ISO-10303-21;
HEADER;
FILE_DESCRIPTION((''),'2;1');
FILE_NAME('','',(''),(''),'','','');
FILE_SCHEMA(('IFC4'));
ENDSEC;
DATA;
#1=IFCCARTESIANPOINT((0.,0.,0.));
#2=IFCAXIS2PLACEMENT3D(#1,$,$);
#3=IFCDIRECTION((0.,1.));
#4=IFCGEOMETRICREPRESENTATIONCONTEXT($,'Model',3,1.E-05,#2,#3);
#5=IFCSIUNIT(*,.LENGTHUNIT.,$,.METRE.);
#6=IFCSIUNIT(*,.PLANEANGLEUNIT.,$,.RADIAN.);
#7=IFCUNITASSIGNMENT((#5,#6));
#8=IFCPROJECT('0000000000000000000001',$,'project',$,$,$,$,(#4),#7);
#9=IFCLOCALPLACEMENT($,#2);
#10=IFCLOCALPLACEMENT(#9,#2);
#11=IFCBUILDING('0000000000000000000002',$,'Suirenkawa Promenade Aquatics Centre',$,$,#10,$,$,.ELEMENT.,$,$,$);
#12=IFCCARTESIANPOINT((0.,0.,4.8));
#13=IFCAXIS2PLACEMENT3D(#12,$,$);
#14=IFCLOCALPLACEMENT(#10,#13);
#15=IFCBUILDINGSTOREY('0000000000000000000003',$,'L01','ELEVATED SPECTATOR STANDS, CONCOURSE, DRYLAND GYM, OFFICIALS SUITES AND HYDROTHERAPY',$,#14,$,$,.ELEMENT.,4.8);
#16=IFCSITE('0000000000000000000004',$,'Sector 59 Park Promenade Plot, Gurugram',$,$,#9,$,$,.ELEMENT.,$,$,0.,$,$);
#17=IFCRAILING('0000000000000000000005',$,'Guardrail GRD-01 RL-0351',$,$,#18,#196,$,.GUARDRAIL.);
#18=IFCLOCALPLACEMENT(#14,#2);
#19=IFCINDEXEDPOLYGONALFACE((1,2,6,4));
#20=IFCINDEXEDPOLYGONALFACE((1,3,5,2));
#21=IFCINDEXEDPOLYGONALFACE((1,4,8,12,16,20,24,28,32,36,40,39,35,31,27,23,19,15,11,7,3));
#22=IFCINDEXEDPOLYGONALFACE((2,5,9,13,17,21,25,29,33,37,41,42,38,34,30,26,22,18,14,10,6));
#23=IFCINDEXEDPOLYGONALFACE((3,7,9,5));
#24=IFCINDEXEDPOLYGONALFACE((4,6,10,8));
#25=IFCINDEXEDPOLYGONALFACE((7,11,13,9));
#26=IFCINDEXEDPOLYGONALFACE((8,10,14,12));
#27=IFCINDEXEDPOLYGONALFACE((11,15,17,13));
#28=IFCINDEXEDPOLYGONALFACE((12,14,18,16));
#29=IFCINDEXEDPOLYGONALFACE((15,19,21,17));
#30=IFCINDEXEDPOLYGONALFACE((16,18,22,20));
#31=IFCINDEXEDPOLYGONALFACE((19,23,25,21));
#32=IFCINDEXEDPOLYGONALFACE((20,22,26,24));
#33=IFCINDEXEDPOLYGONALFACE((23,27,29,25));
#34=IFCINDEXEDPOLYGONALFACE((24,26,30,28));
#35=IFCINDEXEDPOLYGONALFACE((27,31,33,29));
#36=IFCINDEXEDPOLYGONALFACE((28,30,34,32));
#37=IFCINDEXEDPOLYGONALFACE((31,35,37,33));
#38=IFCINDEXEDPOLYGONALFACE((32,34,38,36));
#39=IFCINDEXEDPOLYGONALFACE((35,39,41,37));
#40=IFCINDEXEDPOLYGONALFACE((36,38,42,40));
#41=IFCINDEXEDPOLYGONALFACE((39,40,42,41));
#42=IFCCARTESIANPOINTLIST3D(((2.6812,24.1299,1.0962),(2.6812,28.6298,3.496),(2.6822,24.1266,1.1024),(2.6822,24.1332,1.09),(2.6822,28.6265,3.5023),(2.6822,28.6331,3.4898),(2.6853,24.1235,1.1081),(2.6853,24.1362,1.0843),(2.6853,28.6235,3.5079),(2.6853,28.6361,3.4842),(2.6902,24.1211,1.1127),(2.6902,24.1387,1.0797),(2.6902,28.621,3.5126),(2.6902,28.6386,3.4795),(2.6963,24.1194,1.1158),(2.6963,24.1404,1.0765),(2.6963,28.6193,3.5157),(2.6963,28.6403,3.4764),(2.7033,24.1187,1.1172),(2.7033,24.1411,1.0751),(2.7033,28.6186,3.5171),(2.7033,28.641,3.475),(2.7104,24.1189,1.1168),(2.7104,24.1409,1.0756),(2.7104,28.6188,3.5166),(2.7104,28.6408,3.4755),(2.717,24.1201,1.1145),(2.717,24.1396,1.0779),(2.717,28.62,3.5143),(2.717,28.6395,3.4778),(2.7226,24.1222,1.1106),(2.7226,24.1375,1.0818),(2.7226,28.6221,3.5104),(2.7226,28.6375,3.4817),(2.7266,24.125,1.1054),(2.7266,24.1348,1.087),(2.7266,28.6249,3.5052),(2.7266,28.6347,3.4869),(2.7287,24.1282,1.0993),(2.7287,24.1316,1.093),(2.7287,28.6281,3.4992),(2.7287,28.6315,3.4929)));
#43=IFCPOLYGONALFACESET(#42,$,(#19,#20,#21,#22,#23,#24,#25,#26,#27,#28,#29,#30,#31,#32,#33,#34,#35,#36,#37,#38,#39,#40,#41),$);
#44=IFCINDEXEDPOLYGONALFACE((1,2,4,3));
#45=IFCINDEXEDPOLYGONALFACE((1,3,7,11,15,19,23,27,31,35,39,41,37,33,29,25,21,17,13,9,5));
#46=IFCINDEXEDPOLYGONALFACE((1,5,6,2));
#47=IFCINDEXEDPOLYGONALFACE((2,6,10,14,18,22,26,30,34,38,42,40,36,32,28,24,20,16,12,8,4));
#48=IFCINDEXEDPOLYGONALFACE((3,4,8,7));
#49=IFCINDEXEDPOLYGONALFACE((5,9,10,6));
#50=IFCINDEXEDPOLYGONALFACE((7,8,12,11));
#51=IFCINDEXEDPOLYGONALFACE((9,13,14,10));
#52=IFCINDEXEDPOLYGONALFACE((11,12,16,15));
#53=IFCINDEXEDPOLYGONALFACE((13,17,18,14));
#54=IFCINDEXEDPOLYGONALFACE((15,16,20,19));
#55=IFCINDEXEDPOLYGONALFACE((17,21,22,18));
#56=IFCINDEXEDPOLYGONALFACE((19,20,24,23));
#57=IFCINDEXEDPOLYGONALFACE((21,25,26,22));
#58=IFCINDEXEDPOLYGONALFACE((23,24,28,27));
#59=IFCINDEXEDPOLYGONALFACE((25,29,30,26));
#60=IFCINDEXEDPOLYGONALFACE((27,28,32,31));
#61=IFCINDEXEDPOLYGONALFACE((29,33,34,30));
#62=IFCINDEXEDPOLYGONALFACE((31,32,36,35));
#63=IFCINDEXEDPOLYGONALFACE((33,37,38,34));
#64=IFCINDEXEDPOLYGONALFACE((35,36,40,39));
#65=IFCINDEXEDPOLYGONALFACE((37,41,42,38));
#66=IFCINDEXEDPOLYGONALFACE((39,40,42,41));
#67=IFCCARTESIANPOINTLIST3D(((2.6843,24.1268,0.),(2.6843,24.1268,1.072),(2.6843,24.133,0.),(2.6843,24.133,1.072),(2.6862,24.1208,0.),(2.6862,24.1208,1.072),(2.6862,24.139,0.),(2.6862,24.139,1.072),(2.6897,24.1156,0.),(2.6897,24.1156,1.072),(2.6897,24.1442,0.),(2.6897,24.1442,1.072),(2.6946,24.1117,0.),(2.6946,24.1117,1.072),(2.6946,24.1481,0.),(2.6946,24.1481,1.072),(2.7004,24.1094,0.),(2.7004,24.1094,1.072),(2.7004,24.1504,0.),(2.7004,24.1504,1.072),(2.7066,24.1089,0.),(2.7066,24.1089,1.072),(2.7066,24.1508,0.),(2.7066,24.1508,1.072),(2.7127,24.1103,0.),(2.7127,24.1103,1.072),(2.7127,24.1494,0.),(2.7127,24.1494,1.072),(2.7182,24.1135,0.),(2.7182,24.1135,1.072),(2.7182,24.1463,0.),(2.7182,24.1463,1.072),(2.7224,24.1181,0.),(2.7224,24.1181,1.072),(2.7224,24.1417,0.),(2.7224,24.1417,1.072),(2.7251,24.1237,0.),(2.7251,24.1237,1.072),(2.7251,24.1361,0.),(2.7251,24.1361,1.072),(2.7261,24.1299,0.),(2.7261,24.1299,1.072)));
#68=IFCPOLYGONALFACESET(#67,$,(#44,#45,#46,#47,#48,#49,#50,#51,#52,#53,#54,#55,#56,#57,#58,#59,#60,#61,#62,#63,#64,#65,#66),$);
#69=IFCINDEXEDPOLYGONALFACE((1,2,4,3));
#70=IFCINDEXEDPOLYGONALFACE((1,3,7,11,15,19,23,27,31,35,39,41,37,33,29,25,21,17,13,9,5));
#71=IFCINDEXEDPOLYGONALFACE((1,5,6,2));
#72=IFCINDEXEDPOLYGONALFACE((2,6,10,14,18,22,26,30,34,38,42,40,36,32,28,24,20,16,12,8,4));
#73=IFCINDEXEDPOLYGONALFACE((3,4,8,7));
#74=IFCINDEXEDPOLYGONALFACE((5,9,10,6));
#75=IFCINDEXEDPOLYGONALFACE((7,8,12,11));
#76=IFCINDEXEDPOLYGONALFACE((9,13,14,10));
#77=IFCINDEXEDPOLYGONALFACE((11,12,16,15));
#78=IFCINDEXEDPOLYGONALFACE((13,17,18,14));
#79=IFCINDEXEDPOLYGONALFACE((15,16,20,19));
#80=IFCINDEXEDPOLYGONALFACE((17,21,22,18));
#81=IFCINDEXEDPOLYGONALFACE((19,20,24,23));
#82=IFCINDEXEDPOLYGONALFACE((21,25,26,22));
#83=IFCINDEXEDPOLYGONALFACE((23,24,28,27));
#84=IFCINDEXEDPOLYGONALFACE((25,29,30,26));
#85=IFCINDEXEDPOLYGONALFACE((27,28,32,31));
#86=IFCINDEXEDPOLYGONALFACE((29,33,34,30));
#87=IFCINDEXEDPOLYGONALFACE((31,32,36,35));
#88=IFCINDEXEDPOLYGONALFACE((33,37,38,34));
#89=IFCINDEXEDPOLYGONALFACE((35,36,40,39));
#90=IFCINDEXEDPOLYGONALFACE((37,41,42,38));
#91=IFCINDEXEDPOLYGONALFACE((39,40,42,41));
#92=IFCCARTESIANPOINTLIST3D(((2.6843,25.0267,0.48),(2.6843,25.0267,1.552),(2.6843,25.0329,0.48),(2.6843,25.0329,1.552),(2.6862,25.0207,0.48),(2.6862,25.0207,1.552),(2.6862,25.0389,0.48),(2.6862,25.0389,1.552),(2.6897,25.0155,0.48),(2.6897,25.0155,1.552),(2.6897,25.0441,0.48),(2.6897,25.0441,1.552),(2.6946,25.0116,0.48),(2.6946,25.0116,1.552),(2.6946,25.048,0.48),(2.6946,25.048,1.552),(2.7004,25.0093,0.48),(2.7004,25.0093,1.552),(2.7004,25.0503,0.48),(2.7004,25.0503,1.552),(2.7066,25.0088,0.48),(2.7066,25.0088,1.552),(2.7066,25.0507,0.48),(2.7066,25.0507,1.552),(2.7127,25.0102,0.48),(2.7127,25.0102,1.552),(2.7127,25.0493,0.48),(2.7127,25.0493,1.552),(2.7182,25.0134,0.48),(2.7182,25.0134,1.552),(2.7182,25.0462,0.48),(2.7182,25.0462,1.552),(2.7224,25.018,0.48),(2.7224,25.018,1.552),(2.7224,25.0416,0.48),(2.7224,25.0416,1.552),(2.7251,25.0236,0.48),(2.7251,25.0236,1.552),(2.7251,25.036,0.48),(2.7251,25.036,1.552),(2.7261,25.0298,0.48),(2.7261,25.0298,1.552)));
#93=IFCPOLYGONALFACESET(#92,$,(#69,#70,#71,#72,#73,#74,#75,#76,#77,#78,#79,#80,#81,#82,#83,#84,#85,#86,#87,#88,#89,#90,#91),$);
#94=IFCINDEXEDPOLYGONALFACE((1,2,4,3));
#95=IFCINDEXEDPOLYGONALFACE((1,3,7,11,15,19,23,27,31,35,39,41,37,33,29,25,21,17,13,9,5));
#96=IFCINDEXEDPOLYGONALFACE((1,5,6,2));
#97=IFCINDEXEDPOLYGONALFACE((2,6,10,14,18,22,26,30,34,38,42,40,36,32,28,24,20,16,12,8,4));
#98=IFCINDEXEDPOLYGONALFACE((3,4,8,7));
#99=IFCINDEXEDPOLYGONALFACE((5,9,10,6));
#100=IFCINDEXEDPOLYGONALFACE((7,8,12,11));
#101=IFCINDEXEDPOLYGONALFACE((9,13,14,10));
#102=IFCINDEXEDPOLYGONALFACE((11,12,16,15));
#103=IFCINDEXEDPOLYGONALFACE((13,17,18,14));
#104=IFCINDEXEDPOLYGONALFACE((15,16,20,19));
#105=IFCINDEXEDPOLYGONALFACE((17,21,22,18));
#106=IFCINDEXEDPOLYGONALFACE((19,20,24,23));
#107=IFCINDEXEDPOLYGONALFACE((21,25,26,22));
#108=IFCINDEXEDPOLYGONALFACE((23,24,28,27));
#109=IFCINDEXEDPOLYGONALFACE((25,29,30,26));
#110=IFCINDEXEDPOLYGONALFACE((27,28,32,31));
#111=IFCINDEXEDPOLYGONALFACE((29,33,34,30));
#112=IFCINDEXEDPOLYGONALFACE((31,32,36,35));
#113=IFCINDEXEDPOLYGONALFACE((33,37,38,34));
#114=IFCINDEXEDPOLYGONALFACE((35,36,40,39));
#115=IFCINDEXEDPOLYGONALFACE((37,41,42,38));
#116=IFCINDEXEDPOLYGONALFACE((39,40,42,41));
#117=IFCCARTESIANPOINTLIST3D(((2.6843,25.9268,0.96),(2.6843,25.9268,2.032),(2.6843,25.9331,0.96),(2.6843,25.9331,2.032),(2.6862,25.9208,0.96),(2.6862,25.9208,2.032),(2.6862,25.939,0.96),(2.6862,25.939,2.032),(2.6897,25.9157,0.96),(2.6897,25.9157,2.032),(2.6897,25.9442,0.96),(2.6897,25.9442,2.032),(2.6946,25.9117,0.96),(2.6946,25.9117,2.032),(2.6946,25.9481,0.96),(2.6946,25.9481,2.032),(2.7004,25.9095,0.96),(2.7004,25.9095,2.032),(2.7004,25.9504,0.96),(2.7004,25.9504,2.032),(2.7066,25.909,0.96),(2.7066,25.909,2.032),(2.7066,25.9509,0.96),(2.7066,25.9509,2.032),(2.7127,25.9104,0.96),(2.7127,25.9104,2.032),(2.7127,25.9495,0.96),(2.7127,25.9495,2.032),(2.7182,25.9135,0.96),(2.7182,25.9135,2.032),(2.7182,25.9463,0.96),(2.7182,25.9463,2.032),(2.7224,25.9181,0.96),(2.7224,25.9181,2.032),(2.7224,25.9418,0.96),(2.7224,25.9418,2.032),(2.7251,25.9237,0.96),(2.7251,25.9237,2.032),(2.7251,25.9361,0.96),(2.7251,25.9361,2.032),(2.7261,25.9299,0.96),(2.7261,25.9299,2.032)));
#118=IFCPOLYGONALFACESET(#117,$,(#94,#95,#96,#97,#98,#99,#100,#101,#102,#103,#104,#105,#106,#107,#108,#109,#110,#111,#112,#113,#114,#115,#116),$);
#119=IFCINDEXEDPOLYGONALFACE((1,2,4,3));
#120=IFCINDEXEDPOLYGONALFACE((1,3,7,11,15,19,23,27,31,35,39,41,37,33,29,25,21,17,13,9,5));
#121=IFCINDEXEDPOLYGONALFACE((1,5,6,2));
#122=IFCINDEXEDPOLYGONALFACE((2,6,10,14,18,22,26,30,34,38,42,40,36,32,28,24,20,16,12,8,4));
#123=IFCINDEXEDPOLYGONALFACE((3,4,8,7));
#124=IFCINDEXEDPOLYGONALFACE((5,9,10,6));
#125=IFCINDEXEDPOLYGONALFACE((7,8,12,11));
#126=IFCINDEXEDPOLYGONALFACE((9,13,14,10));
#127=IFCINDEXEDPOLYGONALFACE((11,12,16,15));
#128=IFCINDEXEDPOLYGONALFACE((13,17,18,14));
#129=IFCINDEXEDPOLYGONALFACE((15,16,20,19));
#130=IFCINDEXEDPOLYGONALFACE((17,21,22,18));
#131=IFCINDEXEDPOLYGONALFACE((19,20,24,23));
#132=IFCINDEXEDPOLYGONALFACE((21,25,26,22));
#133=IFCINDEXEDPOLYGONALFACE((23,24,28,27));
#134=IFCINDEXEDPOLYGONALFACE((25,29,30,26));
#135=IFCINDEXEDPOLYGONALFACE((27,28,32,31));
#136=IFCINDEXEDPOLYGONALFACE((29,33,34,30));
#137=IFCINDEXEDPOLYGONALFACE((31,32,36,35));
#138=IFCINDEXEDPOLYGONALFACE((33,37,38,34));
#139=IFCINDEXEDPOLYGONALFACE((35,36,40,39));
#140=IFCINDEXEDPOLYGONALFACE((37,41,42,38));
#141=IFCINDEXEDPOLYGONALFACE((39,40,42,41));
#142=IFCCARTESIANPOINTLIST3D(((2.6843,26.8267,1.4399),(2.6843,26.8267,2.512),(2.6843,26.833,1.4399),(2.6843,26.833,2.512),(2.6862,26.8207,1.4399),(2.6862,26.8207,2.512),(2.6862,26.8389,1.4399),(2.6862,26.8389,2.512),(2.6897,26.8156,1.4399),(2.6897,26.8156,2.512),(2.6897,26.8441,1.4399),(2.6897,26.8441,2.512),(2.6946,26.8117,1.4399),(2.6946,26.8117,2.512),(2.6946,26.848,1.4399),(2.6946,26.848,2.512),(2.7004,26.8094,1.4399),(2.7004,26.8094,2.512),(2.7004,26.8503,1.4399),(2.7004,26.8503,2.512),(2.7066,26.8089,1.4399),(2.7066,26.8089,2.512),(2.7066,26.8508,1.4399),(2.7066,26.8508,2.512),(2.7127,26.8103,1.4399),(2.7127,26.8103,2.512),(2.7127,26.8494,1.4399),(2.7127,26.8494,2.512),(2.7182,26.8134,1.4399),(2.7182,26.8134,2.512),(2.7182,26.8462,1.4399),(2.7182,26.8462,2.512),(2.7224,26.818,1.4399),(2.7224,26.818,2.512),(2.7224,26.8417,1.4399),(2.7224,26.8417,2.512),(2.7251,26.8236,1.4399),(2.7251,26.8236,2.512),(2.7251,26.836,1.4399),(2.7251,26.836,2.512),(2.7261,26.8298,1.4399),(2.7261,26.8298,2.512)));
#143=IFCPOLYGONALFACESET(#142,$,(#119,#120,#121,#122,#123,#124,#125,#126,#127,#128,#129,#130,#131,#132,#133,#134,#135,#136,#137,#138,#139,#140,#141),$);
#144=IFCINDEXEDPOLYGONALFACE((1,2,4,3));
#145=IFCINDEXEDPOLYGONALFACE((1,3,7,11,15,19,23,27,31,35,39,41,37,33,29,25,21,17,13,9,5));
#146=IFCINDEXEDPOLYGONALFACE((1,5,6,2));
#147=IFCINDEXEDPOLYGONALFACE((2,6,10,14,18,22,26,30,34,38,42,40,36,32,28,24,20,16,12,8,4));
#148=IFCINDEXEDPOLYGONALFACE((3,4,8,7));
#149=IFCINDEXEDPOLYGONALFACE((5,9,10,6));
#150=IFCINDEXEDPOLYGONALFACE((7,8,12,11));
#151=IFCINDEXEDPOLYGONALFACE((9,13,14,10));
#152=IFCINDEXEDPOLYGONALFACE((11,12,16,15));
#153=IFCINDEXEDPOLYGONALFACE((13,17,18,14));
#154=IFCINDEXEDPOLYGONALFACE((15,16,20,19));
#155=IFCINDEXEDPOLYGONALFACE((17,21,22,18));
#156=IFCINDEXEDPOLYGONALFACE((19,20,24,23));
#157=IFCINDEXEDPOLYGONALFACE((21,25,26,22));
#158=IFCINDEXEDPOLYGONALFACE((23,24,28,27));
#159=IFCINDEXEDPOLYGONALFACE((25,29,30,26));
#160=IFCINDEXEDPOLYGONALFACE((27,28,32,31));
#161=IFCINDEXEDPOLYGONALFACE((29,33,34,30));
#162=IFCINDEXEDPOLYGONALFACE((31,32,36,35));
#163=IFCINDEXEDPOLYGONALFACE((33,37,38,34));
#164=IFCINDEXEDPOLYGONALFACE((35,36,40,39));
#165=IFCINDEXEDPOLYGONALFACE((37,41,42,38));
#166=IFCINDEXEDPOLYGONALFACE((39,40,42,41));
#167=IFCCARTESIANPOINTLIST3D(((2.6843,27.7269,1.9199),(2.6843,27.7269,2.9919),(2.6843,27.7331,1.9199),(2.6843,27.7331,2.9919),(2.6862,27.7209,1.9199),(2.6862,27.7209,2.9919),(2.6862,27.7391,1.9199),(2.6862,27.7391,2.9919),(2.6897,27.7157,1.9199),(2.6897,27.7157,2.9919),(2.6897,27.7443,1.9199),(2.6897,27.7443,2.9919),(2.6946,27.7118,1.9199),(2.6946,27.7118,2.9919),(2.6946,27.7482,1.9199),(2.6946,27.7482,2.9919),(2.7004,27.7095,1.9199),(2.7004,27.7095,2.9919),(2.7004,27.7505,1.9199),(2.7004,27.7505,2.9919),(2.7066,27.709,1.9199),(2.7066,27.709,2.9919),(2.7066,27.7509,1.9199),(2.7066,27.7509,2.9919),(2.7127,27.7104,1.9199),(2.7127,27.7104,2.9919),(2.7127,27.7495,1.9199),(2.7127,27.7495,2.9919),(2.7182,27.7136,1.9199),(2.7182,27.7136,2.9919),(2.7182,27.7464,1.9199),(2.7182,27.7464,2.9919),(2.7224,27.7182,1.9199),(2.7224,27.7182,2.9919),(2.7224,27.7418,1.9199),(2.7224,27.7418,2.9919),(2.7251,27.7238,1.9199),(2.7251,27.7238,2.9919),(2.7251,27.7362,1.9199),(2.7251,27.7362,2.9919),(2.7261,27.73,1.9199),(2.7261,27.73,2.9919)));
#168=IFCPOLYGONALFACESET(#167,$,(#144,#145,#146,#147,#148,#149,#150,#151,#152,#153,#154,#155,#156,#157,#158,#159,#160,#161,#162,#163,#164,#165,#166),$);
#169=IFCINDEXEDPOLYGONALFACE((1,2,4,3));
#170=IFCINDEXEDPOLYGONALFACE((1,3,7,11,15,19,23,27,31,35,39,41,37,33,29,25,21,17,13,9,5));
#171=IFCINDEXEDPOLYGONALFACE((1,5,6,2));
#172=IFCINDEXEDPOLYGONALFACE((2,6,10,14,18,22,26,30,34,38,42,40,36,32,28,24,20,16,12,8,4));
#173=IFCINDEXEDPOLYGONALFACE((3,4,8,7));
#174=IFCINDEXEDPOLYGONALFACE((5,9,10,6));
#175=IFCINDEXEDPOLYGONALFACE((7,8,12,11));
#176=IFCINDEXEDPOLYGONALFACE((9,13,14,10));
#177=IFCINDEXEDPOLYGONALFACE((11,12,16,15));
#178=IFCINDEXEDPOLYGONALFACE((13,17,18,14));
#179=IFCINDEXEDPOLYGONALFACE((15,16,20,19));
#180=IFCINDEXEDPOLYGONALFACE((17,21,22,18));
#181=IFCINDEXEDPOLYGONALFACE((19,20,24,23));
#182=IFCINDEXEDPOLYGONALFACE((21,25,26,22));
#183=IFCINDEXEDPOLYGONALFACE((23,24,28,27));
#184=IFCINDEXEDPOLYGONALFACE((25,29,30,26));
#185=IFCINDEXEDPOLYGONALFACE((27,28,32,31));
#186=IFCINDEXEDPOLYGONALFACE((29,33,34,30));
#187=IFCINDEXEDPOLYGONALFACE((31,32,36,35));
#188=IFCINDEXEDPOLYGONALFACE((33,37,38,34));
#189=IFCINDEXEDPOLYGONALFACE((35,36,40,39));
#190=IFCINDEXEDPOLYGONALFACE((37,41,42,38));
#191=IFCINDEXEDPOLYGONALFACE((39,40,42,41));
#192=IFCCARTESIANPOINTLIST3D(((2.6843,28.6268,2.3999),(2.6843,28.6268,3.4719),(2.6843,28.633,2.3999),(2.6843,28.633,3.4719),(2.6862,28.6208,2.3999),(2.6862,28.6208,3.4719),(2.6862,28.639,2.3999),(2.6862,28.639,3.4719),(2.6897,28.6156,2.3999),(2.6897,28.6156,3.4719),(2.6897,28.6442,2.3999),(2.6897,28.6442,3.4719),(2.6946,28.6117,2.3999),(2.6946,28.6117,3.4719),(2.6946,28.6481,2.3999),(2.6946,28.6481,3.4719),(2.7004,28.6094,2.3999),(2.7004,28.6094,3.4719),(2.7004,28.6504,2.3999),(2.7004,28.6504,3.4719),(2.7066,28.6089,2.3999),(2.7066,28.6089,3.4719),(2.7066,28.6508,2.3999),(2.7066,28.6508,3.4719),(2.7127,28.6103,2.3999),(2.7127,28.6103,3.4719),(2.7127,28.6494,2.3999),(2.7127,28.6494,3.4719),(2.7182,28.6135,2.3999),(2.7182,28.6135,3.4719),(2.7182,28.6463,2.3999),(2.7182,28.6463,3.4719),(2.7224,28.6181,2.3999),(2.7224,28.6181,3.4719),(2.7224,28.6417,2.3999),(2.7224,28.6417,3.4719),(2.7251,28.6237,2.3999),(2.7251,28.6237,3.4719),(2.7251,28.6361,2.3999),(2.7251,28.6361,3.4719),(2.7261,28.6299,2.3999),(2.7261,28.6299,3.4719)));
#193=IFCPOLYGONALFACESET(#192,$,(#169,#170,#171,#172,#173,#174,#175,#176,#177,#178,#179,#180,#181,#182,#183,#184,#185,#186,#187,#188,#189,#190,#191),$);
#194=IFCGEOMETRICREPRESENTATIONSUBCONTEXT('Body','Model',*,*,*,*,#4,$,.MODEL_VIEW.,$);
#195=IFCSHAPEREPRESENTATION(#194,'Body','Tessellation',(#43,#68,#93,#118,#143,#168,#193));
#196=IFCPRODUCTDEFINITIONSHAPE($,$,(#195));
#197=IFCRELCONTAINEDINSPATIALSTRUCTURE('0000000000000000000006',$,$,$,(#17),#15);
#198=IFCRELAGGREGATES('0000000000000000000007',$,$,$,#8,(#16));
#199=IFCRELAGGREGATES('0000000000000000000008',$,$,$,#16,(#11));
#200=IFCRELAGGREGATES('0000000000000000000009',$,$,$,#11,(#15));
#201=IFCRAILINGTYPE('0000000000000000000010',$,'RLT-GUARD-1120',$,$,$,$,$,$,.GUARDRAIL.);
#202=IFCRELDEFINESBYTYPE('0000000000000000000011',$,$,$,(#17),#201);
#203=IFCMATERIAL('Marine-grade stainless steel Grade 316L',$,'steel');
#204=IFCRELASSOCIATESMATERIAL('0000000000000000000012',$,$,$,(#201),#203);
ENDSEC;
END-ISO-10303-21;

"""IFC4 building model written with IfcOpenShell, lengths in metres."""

from ifc_helpers import new_model, si_unit, direction, frame, origin, origin_2d, place, context, subcontext, project, spatial, circle, extrude, material, type_object, element, save


model = new_model("IFC4")

# Units and contexts
model_context = context("Model", 3, precision=1e-05, world=origin(), true_north=direction((0.0, 1.0)))
body_context = subcontext(model_context, "Body", "Model", "MODEL_VIEW")
ifc_project = project(units=[si_unit("LENGTHUNIT", "METRE"), si_unit("PLANEANGLEUNIT", "RADIAN")], contexts=[model_context])

# Site, building, storey
site_placement = place(None, origin())
site = spatial("IfcSite", under=ifc_project, at=site_placement, Name="Sector 59 Park Promenade Plot, Gurugram", CompositionType="ELEMENT", RefElevation=0.0)
building_placement = place(site_placement, origin())
building = spatial("IfcBuilding", under=site, at=building_placement, Name="Suirenkawa Promenade Aquatics Centre", CompositionType="ELEMENT")
storey_placement = place(building_placement, frame((0.0, 0.0, 4.8)))
storey = spatial("IfcBuildingStorey", under=building, at=storey_placement, Name="L01", Description="ELEVATED SPECTATOR STANDS, CONCOURSE, DRYLAND GYM, OFFICIALS SUITES AND HYDROTHERAPY", CompositionType="ELEMENT", Elevation=4.8)

# Railing
ifc_material_1 = material(Name="Marine-grade stainless steel Grade 316L", Category="steel")
railing_type_1 = type_object("IfcRailingType", Name="RLT-GUARD-1120", PredefinedType="GUARDRAIL", material=ifc_material_1)
for number, where, name in (
    (1, (2.7051, 24.1299, 0.0), "Guardrail GRD-01 RL-0351"),
):
    element("IfcRailing", number, at=place(storey_placement, frame(where)), inside=storey, type_object=railing_type_1, Name=name, PredefinedType="GUARDRAIL", context=body_context, shape_type="SweptSolid", body=[
        extrude(circle(Radius=0.0239, at=origin_2d()), frame((0.0, 0.0, 1.0962), z_axis=(0.0, 0.882361, 0.470573), x_axis=(-1.0, 0.0, 0.0)), (0.0, 0.0, 1.0), 5.0999),
        extrude(circle(Radius=0.021, at=origin_2d()), origin(), (0.0, 0.0, 1.0), 1.072),
        extrude(circle(Radius=0.021, at=origin_2d()), frame((0.0, 0.8999, 0.48)), (0.0, 0.0, 1.0), 1.072),
        extrude(circle(Radius=0.021, at=origin_2d()), frame((0.0, 1.8, 0.96)), (0.0, 0.0, 1.0), 1.072),
        extrude(circle(Radius=0.021, at=origin_2d()), frame((0.0, 2.7, 1.4399)), (0.0, 0.0, 1.0), 1.072),
        extrude(circle(Radius=0.021, at=origin_2d()), frame((0.0, 3.6001, 1.9199)), (0.0, 0.0, 1.0), 1.072),
        extrude(circle(Radius=0.021, at=origin_2d()), frame((0.0, 4.5, 2.3999)), (0.0, 0.0, 1.0), 1.072),
    ])

save(model, "model.ifc")
